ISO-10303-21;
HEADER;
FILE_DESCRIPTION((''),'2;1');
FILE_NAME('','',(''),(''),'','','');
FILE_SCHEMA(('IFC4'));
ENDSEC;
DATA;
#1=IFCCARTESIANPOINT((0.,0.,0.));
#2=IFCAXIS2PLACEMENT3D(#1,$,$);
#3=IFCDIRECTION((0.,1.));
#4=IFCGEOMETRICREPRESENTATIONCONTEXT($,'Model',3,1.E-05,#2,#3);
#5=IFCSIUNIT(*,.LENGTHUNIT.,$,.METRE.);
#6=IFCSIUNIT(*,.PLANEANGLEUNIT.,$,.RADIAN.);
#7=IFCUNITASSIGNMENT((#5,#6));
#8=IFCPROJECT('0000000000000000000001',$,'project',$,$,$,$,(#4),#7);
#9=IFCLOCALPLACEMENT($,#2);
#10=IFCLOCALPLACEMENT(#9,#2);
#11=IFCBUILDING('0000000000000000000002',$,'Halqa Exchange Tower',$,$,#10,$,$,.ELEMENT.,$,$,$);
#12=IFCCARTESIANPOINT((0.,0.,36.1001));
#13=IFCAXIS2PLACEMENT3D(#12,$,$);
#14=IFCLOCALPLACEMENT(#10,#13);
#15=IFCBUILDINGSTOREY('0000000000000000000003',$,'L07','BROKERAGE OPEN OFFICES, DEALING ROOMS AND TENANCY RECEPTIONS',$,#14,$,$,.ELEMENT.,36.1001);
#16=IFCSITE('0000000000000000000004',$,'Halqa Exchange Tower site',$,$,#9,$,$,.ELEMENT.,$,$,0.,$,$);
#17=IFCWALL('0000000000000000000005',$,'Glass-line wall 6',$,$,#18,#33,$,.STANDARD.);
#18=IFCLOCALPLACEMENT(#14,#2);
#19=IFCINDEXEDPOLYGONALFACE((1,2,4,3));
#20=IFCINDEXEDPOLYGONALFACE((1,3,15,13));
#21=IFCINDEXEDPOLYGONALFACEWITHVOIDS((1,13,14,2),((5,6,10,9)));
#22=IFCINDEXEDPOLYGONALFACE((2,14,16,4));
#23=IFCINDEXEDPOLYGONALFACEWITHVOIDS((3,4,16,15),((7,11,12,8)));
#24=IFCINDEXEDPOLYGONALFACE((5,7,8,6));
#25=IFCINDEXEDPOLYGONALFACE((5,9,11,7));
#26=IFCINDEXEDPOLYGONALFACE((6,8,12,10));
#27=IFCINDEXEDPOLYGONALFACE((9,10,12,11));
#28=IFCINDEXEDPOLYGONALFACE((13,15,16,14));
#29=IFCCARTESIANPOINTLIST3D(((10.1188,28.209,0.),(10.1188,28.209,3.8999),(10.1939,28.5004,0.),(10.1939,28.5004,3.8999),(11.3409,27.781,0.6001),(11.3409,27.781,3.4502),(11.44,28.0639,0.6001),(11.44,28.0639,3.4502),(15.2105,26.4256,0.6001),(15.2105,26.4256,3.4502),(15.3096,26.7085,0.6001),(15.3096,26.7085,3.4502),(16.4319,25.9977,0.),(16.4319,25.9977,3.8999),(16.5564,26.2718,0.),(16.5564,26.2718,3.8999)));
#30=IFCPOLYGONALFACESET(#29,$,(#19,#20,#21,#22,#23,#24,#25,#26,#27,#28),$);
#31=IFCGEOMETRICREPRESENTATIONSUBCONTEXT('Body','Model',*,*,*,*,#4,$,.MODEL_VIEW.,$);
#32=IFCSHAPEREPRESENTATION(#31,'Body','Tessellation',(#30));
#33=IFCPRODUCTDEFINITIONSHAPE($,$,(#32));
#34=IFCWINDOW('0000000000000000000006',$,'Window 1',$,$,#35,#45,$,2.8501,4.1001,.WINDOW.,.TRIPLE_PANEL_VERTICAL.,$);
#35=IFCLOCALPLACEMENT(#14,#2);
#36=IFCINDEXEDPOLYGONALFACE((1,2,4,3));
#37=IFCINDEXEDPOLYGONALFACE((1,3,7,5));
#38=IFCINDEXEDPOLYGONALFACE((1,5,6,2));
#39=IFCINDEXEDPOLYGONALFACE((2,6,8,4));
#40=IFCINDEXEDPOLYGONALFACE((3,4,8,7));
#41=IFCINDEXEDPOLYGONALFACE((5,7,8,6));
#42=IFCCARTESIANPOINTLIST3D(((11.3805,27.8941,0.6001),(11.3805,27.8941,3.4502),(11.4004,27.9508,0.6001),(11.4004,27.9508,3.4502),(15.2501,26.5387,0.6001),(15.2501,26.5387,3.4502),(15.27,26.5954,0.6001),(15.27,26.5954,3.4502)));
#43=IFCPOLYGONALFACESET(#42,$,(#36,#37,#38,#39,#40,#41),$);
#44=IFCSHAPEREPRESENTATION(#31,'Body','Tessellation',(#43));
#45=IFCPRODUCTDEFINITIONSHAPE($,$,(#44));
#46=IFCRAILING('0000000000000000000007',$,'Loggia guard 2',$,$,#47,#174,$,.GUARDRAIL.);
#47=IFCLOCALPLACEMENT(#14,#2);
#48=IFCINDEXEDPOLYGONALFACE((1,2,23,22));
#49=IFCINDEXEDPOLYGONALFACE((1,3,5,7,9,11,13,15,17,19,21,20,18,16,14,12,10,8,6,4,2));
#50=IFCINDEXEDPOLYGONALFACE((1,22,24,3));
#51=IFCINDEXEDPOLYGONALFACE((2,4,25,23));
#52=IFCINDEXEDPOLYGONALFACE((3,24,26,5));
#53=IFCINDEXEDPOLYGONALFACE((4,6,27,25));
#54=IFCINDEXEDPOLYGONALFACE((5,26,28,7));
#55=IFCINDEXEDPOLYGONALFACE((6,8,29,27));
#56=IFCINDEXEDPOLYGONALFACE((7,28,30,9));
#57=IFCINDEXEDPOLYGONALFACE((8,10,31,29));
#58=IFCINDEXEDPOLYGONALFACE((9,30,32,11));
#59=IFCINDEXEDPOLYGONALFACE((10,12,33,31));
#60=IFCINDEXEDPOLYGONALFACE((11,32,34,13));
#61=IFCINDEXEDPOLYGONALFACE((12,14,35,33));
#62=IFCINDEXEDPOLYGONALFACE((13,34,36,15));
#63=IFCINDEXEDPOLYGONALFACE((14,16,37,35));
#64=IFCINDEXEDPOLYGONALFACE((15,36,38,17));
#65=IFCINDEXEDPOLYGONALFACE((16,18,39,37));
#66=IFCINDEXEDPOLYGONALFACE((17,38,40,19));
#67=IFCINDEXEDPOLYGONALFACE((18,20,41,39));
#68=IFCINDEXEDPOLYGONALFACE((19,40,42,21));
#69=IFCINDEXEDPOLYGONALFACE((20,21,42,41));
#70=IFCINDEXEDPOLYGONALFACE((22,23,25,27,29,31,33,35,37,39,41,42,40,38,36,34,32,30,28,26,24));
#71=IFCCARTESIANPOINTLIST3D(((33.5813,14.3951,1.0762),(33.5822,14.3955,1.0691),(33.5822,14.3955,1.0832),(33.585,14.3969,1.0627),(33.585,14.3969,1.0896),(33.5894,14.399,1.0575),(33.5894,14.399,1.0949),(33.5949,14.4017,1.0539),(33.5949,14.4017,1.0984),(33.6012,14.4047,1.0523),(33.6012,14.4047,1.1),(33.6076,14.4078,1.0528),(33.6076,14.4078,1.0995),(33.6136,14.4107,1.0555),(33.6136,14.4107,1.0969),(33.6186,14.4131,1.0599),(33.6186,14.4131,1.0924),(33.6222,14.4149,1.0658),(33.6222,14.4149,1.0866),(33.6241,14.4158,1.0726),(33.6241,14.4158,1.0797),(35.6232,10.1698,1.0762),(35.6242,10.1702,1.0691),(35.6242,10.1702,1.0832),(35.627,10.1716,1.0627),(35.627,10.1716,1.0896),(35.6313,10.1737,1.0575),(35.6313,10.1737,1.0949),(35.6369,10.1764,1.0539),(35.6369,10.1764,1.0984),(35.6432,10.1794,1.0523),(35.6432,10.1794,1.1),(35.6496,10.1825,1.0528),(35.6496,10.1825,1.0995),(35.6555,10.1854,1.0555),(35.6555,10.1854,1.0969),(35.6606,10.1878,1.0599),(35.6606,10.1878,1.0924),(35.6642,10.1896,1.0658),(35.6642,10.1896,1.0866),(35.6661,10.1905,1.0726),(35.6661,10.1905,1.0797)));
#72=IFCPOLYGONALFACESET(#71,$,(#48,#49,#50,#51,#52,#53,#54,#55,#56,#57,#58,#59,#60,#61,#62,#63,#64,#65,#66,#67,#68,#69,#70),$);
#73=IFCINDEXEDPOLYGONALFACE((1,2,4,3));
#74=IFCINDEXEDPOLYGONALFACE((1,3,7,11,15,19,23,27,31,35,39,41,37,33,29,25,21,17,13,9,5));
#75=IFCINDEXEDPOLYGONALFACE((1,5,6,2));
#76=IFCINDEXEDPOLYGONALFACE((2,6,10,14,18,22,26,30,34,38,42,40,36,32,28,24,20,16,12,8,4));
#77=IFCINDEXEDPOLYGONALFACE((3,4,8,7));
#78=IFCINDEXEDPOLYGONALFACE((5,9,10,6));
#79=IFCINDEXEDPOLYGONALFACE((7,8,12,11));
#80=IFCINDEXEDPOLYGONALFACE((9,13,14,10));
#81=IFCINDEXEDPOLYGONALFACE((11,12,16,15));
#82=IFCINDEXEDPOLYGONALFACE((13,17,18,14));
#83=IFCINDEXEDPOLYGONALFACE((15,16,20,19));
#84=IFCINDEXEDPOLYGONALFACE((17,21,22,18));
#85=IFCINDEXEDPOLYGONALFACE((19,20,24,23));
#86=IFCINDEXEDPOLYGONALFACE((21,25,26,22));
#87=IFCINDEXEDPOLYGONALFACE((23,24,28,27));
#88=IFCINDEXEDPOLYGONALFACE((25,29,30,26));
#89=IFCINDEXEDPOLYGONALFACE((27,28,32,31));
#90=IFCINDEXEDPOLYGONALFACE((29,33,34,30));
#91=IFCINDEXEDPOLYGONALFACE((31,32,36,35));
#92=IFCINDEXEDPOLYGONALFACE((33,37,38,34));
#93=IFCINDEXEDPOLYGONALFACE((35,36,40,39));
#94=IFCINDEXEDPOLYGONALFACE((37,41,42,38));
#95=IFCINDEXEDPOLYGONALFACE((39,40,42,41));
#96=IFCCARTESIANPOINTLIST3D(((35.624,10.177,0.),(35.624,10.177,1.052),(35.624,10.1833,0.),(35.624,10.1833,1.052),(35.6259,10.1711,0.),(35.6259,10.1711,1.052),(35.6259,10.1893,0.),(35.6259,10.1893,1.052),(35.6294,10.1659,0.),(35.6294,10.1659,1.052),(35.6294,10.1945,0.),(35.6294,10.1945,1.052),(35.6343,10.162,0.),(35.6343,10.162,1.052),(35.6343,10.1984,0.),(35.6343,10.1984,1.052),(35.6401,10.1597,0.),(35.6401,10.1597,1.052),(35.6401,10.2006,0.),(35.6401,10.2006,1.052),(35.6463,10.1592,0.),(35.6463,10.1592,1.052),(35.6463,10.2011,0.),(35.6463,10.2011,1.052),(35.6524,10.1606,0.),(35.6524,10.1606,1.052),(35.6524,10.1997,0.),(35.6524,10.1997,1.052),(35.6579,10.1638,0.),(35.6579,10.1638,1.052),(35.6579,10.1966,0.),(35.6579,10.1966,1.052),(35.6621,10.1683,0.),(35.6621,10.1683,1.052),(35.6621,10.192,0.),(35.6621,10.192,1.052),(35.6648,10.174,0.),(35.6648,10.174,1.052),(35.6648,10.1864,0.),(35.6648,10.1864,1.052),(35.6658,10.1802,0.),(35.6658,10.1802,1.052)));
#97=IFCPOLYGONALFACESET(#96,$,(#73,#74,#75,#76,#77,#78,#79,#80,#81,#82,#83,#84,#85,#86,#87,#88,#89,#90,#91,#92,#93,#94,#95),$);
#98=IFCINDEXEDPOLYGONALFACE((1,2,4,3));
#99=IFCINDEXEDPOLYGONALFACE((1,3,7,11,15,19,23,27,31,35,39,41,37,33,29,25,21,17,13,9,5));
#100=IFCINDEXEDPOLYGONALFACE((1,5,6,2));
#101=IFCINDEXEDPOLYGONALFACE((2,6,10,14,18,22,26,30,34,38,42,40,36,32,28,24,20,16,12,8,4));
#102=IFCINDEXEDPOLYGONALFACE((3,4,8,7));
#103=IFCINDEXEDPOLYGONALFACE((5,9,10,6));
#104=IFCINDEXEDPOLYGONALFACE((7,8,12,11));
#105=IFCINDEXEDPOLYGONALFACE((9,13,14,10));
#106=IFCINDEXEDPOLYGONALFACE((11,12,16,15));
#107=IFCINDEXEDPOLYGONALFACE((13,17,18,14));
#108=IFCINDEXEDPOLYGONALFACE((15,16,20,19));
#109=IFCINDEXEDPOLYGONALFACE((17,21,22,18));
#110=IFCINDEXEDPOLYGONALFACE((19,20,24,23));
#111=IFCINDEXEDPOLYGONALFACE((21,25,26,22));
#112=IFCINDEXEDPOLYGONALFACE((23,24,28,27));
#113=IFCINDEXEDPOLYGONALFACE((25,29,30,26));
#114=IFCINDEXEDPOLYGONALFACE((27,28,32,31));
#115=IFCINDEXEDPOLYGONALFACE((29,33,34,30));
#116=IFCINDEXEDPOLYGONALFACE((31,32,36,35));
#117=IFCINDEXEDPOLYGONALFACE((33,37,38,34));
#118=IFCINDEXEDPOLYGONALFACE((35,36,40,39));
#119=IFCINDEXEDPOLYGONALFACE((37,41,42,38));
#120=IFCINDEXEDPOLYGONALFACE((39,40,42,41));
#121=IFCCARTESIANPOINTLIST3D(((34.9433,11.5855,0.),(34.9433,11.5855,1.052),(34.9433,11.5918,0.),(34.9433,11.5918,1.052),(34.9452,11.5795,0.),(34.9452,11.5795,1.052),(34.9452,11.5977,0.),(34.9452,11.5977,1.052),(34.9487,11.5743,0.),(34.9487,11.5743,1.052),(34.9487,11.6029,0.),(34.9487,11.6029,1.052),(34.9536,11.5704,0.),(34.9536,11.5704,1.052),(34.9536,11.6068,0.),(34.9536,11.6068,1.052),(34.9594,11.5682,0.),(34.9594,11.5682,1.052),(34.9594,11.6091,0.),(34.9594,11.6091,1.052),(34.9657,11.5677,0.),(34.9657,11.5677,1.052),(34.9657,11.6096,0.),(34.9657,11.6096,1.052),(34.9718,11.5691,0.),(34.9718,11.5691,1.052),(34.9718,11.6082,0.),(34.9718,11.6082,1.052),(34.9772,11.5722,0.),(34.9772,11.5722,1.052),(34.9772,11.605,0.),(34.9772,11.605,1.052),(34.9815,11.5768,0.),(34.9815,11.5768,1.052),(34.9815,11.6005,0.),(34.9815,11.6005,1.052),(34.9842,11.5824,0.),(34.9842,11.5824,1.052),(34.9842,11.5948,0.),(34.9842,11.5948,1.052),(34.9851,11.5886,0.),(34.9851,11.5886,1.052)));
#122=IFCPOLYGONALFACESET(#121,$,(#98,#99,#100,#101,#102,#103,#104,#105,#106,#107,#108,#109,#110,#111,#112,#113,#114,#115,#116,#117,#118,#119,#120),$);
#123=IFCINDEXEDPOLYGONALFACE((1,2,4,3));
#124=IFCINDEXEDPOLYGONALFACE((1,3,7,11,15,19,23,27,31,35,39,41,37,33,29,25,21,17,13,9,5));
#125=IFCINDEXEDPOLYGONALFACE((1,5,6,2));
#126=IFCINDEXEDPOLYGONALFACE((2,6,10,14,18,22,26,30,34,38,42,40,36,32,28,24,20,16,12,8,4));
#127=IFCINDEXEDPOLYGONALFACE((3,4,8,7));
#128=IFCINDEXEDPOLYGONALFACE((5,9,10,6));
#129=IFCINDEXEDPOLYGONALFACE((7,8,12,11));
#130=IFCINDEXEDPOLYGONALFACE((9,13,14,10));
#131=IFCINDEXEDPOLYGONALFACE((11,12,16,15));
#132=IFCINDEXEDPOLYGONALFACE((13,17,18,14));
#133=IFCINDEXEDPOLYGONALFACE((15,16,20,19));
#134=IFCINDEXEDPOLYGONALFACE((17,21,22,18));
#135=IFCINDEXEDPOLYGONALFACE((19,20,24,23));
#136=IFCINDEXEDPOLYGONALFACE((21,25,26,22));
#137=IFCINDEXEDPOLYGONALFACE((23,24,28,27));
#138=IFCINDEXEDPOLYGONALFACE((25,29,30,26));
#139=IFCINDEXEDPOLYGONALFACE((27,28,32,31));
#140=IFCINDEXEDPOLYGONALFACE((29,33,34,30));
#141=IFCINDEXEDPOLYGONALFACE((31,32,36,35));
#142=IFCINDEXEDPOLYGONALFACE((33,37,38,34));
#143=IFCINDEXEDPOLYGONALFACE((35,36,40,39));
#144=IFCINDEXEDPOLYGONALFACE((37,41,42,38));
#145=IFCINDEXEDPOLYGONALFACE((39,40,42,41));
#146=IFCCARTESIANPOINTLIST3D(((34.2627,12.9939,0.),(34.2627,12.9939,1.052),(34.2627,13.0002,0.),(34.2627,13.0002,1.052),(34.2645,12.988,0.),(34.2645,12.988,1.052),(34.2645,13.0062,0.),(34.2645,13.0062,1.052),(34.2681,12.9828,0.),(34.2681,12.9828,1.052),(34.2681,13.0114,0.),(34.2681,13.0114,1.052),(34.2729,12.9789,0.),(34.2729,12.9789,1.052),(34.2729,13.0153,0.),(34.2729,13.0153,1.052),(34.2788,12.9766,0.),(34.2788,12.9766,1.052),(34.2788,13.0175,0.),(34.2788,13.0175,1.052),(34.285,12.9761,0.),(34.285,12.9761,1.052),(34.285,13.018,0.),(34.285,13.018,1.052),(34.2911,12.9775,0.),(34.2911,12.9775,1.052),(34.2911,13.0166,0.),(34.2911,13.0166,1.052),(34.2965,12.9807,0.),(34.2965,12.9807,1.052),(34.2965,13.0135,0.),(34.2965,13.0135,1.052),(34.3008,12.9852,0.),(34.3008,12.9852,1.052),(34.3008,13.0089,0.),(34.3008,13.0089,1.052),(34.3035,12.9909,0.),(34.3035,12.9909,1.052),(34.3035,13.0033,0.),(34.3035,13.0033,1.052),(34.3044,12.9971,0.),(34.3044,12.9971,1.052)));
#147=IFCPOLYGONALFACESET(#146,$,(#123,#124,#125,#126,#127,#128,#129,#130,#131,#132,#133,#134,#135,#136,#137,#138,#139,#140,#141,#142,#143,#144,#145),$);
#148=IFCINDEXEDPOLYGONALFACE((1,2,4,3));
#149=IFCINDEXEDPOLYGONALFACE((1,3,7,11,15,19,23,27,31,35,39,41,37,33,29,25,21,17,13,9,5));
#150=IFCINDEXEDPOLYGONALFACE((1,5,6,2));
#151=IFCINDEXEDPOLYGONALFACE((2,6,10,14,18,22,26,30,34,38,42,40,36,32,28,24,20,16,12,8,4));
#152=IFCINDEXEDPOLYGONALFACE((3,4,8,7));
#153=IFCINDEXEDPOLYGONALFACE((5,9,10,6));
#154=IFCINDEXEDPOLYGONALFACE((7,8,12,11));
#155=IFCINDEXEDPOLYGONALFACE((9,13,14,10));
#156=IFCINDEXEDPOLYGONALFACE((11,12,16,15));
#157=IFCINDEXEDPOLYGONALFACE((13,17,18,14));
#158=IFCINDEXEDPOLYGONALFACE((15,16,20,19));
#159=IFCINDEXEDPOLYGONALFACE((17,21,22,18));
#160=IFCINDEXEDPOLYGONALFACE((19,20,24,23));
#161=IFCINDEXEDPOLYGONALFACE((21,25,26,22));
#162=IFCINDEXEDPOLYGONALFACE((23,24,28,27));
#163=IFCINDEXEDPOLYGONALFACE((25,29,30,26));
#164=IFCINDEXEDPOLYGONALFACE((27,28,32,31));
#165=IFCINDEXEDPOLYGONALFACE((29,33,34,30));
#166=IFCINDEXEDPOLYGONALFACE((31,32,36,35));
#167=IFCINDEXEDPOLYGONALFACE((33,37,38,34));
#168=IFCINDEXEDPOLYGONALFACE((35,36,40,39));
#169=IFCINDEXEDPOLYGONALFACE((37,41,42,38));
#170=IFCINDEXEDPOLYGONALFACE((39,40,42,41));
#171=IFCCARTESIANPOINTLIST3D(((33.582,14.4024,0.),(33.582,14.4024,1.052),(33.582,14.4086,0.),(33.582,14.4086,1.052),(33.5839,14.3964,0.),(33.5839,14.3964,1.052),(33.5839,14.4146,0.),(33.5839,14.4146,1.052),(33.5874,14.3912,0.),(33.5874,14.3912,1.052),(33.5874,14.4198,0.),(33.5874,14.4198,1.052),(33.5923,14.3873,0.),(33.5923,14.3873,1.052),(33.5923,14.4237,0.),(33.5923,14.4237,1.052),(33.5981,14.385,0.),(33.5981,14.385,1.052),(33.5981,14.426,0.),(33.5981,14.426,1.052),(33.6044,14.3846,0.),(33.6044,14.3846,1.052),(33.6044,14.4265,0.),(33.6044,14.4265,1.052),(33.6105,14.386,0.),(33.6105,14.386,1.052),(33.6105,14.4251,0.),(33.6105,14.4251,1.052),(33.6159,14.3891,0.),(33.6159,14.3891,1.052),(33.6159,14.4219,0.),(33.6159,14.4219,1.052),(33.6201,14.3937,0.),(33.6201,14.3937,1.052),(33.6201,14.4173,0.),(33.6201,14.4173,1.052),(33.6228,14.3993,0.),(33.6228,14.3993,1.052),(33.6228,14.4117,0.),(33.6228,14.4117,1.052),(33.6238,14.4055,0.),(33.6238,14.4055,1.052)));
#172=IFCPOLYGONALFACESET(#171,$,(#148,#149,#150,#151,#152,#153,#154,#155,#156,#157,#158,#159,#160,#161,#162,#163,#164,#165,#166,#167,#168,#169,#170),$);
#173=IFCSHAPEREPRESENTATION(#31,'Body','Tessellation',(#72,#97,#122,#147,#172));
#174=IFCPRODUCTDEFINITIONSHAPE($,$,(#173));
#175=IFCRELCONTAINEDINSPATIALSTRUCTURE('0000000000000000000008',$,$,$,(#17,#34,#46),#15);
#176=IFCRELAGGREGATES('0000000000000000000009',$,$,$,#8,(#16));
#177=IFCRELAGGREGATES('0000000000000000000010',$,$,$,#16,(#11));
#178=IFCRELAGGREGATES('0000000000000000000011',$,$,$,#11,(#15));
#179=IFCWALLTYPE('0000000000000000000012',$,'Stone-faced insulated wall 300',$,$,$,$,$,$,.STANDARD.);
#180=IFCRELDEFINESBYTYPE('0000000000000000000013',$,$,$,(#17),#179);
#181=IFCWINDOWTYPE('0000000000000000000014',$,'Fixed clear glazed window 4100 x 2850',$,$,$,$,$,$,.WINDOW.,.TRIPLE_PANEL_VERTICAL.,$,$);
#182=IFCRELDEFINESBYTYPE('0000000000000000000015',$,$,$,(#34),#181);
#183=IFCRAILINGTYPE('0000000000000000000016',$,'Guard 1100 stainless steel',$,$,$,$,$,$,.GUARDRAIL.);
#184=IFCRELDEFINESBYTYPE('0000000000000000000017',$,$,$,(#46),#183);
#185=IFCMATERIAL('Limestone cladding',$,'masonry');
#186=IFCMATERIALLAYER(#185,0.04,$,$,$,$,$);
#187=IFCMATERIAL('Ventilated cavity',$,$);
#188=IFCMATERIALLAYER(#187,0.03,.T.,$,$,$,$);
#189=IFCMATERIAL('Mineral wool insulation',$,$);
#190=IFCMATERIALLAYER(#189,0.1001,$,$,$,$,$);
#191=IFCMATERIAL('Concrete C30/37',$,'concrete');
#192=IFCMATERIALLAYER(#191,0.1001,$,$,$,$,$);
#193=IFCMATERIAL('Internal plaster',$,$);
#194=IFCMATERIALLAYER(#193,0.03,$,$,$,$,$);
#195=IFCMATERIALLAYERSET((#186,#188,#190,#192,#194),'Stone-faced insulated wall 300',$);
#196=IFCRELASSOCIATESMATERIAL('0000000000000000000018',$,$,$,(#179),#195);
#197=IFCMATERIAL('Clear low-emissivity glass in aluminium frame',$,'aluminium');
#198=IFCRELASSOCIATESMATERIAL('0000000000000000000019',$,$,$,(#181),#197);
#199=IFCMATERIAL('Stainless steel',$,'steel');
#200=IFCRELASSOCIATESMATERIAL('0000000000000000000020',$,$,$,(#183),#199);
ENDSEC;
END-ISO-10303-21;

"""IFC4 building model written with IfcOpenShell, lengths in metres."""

from ifc_helpers import new_model, si_unit, direction, frame, frame_2d, origin, origin_2d, place, context, subcontext, project, spatial, polyline, rectangle, circle, outline, extrude, material, layer, layer_set, type_object, element, fill, save


model = new_model("IFC4")

# Units and contexts
model_context = context("Model", 3, precision=1e-05, world=origin(), true_north=direction((0.0, 1.0)))
body_context = subcontext(model_context, "Body", "Model", "MODEL_VIEW")
ifc_project = project(units=[si_unit("LENGTHUNIT", "METRE"), si_unit("PLANEANGLEUNIT", "RADIAN")], contexts=[model_context])

# Site, building, storey
site_placement = place(None, origin())
site = spatial("IfcSite", under=ifc_project, at=site_placement, Name="Halqa Exchange Tower site", CompositionType="ELEMENT", RefElevation=0.0)
building_placement = place(site_placement, origin())
building = spatial("IfcBuilding", under=site, at=building_placement, Name="Halqa Exchange Tower", CompositionType="ELEMENT")
storey_placement = place(building_placement, frame((0.0, 0.0, 36.1001)))
storey = spatial("IfcBuildingStorey", under=building, at=storey_placement, Name="L07", Description="BROKERAGE OPEN OFFICES, DEALING ROOMS AND TENANCY RECEPTIONS", CompositionType="ELEMENT", Elevation=36.1001)

# Shared definitions
ifc_material_1 = material(Name="Limestone cladding", Category="masonry")
ifc_layer_1 = layer(ifc_material_1, 0.04)
ifc_material_2 = material(Name="Ventilated cavity")
ifc_layer_2 = layer(ifc_material_2, 0.03, ventilated=True)
ifc_material_3 = material(Name="Mineral wool insulation")
ifc_layer_3 = layer(ifc_material_3, 0.1001)
ifc_material_4 = material(Name="Concrete C30/37", Category="concrete")
ifc_layer_4 = layer(ifc_material_4, 0.1001)
ifc_material_5 = material(Name="Internal plaster")
ifc_layer_5 = layer(ifc_material_5, 0.03)
ifc_layer_set_1 = layer_set([ifc_layer_1, ifc_layer_2, ifc_layer_3, ifc_layer_4, ifc_layer_5], Name="Stone-faced insulated wall 300")
wall_type_1 = type_object("IfcWallType", Name="Stone-faced insulated wall 300", PredefinedType="STANDARD", material=ifc_layer_set_1)
ifc_material_6 = material(Name="Clear low-emissivity glass in aluminium frame", Category="aluminium")
window_type = type_object("IfcWindowType", Name="Fixed clear glazed window 4100 x 2850", PartitioningType="TRIPLE_PANEL_VERTICAL", PredefinedType="WINDOW", material=ifc_material_6)

# Wall, opening, window
wall_1_placement = place(storey_placement, frame((16.4941, 26.1348, 0.0), z_axis=(0.0, 0.0, 1.0), x_axis=(-0.943779, 0.330577, 0.0)))
wall_1 = element("IfcWall", 1, at=wall_1_placement, inside=storey, type_object=wall_type_1, Name="Glass-line wall 6", PredefinedType="STANDARD", context=body_context, shape_type="SweptSolid", body=[
    extrude(outline(polyline([(-0.0134, -0.1499), (6.728, -0.1499), (6.7026, 0.1499), (0.0134, 0.1499), (-0.0134, -0.1499)])), origin(), (0.0, 0.0, 1.0), 3.8999),
])
opening_1_placement = place(wall_1_placement, frame((1.3076, 0.0, 0.6001)))
opening_1 = element("IfcOpeningElement", 2, at=opening_1_placement, cuts=wall_1, PredefinedType="OPENING", context=body_context, shape_type="SweptSolid", body=[
    extrude(rectangle(XDim=4.1001, YDim=2.8501, at=frame_2d((2.05, 1.425))), frame((0.0, 0.1621, 0.0), z_axis=(0.0, -1.0, 0.0), x_axis=(1.0, 0.0, 0.0)), (0.0, 0.0, 1.0), 0.324),
])
window_1_placement = place(opening_1_placement, origin())
window_1 = element("IfcWindow", 3, at=window_1_placement, inside=storey, type_object=window_type, Name="Window 1", OverallHeight=2.8501, OverallWidth=4.1001, PartitioningType="TRIPLE_PANEL_VERTICAL", PredefinedType="WINDOW", context=body_context, shape_type="SweptSolid", body=[
    extrude(rectangle(XDim=4.1001, YDim=2.8501, at=frame_2d((2.05, 1.425))), frame((0.0, 0.03, 0.0), z_axis=(0.0, -1.0, 0.0), x_axis=(1.0, 0.0, 0.0)), (0.0, 0.0, 1.0), 0.0601),
])
fill(opening_1, window_1)

# Railing
ifc_material_7 = material(Name="Stainless steel", Category="steel")
railing_type = type_object("IfcRailingType", Name="Guard 1100 stainless steel", PredefinedType="GUARDRAIL", material=ifc_material_7)
railing_1_placement = place(storey_placement, frame((35.6448, 10.1802, 0.0)))
element("IfcRailing", 4, at=railing_1_placement, inside=storey, type_object=railing_type, Name="Loggia guard 2", PredefinedType="GUARDRAIL", context=body_context, shape_type="SweptSolid", body=[
    extrude(circle(Radius=0.0239, at=origin_2d()), frame((0.0, 0.0, 1.0762), z_axis=(-0.435124, 0.90037, 0.0), x_axis=(-0.90037, -0.435124, 0.0)), (0.0, 0.0, 1.0), 4.6929),
    extrude(circle(Radius=0.021, at=origin_2d()), origin(), (0.0, 0.0, 1.0), 1.052),
    extrude(circle(Radius=0.021, at=origin_2d()), frame((-0.6807, 1.4084, 0.0)), (0.0, 0.0, 1.0), 1.052),
    extrude(circle(Radius=0.021, at=origin_2d()), frame((-1.3613, 2.8169, 0.0)), (0.0, 0.0, 1.0), 1.052),
    extrude(circle(Radius=0.021, at=origin_2d()), frame((-2.042, 4.2253, 0.0)), (0.0, 0.0, 1.0), 1.052),
])

save(model, "model.ifc")
